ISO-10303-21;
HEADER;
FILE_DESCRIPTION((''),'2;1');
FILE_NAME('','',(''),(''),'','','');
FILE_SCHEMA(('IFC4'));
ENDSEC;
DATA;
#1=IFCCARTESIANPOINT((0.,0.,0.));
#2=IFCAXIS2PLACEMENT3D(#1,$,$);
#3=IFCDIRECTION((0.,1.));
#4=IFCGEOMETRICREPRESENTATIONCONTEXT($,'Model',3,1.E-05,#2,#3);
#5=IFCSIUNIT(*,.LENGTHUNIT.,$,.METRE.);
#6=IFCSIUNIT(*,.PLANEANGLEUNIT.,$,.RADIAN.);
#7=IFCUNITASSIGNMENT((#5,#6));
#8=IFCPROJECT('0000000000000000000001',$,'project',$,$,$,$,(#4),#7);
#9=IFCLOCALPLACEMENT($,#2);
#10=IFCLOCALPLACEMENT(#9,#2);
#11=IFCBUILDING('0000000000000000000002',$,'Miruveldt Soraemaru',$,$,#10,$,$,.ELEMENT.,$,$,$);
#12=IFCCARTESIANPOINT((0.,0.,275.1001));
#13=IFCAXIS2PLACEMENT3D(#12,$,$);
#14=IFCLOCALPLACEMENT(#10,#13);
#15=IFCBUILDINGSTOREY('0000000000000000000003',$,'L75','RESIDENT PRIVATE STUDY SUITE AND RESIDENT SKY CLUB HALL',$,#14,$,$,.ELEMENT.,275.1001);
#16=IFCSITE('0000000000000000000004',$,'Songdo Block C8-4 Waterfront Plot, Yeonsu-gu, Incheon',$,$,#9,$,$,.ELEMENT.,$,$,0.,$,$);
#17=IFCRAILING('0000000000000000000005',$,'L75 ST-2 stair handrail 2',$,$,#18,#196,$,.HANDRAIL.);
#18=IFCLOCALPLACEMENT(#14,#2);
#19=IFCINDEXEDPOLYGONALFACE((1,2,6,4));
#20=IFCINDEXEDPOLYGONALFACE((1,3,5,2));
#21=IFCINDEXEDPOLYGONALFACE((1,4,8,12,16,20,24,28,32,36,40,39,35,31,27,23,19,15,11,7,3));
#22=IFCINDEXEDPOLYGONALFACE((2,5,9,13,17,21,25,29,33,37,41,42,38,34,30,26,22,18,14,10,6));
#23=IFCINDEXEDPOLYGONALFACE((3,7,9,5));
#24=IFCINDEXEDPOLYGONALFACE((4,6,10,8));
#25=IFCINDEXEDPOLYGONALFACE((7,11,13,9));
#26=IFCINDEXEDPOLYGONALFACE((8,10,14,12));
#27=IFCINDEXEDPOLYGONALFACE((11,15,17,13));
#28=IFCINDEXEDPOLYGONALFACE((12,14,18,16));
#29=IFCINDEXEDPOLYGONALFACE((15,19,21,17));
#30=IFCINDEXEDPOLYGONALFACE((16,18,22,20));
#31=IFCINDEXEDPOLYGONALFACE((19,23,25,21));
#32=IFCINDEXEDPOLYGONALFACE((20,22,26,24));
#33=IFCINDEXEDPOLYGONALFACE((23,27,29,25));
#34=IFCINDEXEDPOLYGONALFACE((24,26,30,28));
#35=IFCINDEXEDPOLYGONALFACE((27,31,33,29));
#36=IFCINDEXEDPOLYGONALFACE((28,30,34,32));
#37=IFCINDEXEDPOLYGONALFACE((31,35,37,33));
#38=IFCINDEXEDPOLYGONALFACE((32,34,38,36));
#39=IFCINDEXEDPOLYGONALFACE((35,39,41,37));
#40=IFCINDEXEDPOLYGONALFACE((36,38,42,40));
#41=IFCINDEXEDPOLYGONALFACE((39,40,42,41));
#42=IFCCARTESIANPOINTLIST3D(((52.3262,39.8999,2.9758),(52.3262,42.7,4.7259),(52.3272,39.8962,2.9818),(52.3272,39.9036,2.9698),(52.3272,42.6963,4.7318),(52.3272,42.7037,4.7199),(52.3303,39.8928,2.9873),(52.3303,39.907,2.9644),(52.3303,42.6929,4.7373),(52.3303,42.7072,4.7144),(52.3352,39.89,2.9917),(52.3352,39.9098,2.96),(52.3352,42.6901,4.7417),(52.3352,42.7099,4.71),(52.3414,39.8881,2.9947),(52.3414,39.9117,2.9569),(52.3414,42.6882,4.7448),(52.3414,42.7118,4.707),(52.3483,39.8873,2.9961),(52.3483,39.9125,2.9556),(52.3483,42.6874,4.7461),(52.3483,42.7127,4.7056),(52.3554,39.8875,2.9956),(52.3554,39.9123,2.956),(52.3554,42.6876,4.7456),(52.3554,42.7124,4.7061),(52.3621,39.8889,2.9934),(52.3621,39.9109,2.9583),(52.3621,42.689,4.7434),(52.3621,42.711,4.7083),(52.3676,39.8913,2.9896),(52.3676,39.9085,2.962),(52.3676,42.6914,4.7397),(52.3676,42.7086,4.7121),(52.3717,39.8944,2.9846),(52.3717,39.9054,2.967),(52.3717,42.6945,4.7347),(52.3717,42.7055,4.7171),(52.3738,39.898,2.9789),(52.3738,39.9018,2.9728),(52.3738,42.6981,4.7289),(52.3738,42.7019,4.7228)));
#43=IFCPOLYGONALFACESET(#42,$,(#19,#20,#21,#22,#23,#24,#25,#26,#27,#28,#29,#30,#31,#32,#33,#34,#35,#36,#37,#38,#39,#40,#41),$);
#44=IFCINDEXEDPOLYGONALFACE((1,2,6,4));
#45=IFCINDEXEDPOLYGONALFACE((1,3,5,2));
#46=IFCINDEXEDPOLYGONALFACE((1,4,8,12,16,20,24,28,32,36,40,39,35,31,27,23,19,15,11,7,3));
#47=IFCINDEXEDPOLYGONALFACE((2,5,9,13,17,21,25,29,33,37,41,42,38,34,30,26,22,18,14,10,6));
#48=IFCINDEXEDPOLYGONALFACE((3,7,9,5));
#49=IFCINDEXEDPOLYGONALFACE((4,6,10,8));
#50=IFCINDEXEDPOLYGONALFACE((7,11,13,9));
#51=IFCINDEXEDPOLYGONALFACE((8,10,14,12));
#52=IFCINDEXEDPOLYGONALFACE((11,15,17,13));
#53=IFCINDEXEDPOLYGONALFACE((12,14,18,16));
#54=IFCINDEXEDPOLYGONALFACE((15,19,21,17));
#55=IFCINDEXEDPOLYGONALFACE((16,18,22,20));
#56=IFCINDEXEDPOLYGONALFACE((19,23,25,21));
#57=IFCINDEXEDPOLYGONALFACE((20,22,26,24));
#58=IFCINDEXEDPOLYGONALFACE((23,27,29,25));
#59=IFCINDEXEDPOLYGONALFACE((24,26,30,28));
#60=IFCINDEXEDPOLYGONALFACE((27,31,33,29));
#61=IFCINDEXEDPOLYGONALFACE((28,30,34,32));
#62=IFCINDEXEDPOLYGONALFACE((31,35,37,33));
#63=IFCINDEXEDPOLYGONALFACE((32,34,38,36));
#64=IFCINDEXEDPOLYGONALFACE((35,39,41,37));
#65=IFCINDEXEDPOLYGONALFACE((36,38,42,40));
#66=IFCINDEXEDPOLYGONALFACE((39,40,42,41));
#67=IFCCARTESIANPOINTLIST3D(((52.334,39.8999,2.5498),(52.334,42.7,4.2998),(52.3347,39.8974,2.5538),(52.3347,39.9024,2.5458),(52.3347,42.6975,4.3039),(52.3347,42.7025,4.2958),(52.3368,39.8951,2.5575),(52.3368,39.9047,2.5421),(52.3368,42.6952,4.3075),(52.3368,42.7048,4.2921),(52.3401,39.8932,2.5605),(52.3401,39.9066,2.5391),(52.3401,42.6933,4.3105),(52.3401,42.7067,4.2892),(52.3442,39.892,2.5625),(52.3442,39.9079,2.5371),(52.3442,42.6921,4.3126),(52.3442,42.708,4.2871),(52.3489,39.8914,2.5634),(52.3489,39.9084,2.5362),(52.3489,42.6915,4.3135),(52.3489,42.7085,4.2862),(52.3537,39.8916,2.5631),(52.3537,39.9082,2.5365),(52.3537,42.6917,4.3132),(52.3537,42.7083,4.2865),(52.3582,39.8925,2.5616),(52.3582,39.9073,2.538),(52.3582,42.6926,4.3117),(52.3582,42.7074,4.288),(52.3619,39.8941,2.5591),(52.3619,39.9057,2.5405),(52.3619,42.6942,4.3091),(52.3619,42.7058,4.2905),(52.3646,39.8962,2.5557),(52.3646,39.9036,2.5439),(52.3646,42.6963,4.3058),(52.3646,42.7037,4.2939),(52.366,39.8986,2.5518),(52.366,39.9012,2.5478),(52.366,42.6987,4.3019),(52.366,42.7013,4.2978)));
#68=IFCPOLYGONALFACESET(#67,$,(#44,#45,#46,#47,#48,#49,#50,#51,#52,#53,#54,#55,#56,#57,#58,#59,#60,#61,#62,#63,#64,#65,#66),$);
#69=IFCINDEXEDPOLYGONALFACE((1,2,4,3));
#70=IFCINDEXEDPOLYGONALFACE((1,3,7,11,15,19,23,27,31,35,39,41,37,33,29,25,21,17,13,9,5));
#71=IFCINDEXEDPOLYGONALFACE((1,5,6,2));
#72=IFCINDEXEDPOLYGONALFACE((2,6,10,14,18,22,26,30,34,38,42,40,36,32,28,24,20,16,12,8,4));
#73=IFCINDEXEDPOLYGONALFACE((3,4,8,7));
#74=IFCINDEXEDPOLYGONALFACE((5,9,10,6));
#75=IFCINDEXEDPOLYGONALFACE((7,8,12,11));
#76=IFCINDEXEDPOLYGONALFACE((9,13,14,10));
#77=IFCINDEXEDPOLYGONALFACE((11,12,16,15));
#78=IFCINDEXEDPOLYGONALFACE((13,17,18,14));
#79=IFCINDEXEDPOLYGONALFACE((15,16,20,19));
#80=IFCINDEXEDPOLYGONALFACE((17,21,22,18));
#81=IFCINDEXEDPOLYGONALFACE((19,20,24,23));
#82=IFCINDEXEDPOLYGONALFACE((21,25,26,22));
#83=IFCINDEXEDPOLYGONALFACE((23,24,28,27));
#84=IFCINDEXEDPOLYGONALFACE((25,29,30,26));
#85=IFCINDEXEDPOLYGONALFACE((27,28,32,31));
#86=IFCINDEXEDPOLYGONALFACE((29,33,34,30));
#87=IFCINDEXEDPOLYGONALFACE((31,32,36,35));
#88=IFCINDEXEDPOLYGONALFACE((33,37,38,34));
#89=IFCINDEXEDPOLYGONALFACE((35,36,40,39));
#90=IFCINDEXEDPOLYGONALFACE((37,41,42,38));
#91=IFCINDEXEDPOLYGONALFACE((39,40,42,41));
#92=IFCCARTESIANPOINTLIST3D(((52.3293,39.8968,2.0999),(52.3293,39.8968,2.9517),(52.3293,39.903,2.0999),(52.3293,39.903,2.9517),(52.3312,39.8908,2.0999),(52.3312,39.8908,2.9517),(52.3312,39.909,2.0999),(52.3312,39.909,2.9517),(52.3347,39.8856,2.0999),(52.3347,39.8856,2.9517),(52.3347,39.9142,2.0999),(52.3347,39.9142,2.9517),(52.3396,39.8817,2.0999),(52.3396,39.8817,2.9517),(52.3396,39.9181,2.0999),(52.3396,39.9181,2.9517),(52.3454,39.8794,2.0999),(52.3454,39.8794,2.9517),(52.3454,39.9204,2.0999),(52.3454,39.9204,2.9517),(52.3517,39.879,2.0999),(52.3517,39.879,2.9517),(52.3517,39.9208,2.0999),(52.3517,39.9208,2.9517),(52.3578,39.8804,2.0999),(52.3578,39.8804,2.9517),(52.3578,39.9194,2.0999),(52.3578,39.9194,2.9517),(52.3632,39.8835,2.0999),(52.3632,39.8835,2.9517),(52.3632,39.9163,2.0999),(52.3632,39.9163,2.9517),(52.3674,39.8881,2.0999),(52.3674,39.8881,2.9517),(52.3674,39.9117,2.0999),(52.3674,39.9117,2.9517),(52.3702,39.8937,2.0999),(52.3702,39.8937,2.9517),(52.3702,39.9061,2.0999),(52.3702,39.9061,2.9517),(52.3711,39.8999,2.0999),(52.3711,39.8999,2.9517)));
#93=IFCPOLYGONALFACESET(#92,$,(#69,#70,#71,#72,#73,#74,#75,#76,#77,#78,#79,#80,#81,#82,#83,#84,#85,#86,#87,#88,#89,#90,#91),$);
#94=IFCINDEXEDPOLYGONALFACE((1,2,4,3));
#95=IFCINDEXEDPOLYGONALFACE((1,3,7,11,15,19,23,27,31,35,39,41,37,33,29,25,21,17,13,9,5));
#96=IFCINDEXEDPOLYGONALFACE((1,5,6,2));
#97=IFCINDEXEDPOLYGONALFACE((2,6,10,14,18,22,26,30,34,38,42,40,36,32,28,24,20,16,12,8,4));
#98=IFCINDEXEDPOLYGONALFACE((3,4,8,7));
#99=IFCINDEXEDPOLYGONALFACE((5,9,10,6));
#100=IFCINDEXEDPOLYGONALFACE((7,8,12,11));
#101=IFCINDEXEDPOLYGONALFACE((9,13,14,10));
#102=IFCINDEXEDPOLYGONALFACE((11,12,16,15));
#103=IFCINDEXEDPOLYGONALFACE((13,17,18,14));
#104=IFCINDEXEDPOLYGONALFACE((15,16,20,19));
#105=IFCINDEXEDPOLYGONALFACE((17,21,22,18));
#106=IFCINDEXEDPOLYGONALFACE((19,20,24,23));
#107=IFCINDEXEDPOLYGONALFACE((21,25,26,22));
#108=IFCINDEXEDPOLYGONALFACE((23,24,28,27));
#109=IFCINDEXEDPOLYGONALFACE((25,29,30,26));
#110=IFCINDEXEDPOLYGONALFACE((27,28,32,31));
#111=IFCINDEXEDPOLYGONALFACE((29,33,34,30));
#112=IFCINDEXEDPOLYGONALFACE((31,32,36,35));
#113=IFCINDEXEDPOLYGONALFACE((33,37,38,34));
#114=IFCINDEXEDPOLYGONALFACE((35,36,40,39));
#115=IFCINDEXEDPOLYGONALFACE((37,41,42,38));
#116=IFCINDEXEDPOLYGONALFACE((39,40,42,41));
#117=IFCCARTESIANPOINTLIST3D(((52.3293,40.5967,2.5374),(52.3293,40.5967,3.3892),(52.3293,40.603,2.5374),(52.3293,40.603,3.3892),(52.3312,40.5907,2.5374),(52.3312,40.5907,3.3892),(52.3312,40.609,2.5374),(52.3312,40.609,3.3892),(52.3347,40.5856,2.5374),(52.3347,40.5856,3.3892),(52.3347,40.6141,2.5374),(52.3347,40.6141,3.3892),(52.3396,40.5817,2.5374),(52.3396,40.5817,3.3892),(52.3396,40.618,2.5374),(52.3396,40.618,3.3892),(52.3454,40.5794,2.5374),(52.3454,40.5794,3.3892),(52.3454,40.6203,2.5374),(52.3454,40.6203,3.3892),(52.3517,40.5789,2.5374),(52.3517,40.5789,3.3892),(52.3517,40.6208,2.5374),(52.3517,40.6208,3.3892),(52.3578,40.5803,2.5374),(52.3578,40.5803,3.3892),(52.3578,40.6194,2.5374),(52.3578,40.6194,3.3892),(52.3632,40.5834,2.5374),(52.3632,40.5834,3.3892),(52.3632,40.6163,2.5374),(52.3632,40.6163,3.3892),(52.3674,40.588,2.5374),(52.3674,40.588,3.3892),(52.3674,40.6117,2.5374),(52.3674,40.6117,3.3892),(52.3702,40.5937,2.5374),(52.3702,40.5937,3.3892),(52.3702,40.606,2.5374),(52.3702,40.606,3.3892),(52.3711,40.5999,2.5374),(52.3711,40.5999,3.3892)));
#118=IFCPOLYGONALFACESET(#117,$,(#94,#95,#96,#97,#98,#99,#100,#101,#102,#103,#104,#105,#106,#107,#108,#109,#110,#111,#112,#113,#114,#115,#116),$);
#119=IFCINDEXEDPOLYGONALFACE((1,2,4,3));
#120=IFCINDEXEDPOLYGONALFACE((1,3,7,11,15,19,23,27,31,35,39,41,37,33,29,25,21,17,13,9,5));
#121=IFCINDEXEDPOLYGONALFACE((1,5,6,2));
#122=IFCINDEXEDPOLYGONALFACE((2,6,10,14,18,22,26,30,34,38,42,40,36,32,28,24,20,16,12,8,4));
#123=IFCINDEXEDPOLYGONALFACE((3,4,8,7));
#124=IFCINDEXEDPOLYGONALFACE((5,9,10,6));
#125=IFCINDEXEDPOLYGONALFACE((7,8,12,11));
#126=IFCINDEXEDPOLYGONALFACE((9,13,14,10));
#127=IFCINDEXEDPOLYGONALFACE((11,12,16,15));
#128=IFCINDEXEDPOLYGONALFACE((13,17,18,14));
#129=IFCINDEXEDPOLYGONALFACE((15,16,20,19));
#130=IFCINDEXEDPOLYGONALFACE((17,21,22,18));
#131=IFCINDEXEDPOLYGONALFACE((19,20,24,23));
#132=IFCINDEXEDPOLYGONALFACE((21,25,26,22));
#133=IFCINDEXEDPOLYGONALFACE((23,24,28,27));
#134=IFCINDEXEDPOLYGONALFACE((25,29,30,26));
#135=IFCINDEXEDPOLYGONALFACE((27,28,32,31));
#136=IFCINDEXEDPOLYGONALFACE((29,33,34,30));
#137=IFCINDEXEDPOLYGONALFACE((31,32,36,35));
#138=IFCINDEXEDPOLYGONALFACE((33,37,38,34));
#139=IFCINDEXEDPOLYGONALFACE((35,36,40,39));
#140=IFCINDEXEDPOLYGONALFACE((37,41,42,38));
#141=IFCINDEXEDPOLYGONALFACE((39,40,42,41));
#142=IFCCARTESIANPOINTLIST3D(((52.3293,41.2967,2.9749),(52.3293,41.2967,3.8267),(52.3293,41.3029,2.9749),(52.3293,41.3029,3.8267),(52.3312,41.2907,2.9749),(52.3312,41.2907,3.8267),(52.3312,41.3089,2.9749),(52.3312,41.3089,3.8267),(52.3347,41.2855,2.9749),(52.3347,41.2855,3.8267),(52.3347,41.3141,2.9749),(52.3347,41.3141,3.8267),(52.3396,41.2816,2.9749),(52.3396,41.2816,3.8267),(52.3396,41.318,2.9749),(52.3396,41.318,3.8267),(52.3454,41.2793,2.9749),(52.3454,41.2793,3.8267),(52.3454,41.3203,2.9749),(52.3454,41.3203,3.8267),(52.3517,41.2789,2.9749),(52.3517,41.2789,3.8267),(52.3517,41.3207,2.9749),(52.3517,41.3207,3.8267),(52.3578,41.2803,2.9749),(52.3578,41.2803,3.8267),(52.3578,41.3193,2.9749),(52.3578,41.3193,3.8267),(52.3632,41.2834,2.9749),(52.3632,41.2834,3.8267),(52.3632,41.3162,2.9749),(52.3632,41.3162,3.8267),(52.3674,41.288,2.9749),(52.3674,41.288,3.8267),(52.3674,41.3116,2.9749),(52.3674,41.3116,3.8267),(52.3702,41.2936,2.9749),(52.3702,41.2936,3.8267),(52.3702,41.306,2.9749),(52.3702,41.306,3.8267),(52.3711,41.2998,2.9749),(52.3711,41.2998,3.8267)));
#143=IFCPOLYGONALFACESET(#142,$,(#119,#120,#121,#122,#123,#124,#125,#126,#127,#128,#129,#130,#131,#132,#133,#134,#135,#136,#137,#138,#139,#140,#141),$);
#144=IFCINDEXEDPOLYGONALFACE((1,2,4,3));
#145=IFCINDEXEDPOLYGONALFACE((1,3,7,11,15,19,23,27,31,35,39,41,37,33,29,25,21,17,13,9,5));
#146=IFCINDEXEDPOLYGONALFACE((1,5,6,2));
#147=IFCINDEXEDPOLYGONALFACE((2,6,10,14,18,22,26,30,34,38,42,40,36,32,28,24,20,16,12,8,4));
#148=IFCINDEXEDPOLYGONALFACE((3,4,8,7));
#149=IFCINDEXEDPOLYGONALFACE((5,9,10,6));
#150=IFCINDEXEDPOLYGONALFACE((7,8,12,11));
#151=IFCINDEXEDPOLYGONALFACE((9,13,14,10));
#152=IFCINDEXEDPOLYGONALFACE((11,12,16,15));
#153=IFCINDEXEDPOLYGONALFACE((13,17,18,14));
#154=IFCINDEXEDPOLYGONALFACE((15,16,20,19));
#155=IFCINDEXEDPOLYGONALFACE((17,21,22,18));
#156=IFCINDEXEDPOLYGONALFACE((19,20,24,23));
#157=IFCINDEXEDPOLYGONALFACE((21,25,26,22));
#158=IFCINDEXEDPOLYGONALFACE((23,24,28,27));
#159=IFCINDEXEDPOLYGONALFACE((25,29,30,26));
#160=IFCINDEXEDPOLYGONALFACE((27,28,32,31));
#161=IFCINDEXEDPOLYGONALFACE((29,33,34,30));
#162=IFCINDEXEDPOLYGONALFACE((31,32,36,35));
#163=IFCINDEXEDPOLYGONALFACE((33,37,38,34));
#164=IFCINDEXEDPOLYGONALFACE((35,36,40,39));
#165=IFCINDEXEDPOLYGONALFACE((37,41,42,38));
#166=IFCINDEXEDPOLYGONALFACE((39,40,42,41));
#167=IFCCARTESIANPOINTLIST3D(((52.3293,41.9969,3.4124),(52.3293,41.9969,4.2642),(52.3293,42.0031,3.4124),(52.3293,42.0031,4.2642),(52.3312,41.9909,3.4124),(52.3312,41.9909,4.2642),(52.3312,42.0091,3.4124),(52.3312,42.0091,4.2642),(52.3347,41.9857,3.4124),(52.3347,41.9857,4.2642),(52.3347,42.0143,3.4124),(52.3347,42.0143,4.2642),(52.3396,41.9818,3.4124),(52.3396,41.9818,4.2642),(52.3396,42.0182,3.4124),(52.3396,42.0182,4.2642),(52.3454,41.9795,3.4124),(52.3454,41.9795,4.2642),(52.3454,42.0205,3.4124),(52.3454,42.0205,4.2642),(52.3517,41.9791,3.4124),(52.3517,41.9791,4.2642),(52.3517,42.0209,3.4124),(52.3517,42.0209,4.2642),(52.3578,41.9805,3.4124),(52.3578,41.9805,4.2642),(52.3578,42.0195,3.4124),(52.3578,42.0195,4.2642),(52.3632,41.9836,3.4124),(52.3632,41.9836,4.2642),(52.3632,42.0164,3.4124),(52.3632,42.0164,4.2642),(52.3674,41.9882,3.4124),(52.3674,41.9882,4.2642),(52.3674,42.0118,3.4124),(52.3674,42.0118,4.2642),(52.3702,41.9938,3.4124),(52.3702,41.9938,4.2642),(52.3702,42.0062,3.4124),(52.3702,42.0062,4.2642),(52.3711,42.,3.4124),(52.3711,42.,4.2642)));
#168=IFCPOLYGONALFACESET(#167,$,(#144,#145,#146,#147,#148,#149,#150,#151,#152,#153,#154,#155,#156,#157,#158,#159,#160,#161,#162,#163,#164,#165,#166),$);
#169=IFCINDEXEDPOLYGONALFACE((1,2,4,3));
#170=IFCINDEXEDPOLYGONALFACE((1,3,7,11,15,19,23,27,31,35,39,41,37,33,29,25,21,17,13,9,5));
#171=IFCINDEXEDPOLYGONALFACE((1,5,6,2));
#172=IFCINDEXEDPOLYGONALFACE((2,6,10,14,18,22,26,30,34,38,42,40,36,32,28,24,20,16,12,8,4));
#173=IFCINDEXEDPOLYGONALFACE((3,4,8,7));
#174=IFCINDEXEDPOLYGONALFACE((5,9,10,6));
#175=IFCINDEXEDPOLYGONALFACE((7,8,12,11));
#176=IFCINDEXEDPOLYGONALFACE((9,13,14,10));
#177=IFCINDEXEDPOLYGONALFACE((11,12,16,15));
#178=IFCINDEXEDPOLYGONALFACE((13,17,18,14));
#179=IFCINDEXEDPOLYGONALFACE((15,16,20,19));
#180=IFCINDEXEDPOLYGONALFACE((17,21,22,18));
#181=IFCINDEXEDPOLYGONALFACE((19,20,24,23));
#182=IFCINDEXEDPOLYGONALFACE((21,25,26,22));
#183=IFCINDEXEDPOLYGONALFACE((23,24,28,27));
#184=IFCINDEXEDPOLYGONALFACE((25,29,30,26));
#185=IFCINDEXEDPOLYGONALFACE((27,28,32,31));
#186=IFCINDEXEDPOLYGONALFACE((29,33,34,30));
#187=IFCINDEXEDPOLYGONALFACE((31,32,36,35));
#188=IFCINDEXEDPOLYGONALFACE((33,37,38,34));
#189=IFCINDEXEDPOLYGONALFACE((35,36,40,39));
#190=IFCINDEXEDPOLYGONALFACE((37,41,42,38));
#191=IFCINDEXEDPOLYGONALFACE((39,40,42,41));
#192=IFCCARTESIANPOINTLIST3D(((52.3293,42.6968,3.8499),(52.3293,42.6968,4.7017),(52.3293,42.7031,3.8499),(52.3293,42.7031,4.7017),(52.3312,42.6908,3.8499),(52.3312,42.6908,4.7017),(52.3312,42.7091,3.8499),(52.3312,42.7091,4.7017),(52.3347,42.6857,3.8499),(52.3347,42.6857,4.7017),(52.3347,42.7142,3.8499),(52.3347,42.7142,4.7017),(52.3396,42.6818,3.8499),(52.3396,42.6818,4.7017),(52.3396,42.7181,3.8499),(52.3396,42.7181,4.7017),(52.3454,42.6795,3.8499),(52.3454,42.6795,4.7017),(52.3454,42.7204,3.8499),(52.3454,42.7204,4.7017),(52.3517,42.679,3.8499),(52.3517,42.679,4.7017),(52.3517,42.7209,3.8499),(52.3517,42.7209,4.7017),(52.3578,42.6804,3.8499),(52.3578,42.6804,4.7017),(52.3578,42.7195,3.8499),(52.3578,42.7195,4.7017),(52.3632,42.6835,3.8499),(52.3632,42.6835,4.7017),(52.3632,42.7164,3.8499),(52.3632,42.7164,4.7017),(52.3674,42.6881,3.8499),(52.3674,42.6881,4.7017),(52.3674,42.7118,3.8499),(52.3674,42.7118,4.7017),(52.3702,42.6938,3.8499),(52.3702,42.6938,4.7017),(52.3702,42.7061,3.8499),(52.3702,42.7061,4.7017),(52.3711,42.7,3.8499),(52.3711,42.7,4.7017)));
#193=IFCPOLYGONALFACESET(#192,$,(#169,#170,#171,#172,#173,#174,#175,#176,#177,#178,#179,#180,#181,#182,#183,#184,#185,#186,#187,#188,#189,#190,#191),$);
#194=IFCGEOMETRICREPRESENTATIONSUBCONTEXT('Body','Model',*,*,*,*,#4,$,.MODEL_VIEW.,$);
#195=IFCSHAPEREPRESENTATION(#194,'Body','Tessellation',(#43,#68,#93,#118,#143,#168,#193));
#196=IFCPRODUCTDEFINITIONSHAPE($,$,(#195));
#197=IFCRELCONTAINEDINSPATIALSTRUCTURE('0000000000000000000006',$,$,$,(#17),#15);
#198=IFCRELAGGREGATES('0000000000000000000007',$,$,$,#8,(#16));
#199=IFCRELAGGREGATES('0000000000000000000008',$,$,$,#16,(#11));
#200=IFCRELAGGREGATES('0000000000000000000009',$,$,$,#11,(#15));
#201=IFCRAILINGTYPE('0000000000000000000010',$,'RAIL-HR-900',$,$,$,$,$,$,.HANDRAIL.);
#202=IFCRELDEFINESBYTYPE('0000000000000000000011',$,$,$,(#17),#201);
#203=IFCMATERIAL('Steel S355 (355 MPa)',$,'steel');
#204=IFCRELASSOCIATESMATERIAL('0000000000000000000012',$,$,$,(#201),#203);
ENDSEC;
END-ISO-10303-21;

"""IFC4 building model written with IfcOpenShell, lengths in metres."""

from ifc_helpers import new_model, si_unit, direction, frame, origin, origin_2d, place, context, subcontext, project, spatial, circle, extrude, material, type_object, element, save


model = new_model("IFC4")

# Units and contexts
model_context = context("Model", 3, precision=1e-05, world=origin(), true_north=direction((0.0, 1.0)))
body_context = subcontext(model_context, "Body", "Model", "MODEL_VIEW")
ifc_project = project(units=[si_unit("LENGTHUNIT", "METRE"), si_unit("PLANEANGLEUNIT", "RADIAN")], contexts=[model_context])

# Site, building, storey
site_placement = place(None, origin())
site = spatial("IfcSite", under=ifc_project, at=site_placement, Name="Songdo Block C8-4 Waterfront Plot, Yeonsu-gu, Incheon", CompositionType="ELEMENT", RefElevation=0.0)
building_placement = place(site_placement, origin())
building = spatial("IfcBuilding", under=site, at=building_placement, Name="Miruveldt Soraemaru", CompositionType="ELEMENT")
storey_placement = place(building_placement, frame((0.0, 0.0, 275.1001)))
storey = spatial("IfcBuildingStorey", under=building, at=storey_placement, Name="L75", Description="RESIDENT PRIVATE STUDY SUITE AND RESIDENT SKY CLUB HALL", CompositionType="ELEMENT", Elevation=275.1001)

# Railing
ifc_material_1 = material(Name="Steel S355 (355 MPa)", Category="steel")
railing_type_1 = type_object("IfcRailingType", Name="RAIL-HR-900", PredefinedType="HANDRAIL", material=ifc_material_1)
railing_1_placement = place(storey_placement, frame((52.3501, 39.8999, 2.0999)))
element("IfcRailing", 1, at=railing_1_placement, inside=storey, type_object=railing_type_1, Name="L75 ST-2 stair handrail 2", PredefinedType="HANDRAIL", context=body_context, shape_type="SweptSolid", body=[
    extrude(circle(Radius=0.0239, at=origin_2d()), frame((0.0, 0.0, 0.876), z_axis=(0.0, 0.848002, 0.529992), x_axis=(-1.0, 0.0, 0.0)), (0.0, 0.0, 1.0), 3.302),
    extrude(circle(Radius=0.0161, at=origin_2d()), frame((0.0, 0.0, 0.45), z_axis=(0.0, 0.848002, 0.529992), x_axis=(-1.0, 0.0, 0.0)), (0.0, 0.0, 1.0), 3.302),
    extrude(circle(Radius=0.021, at=origin_2d()), origin(), (0.0, 0.0, 1.0), 0.8518),
    extrude(circle(Radius=0.021, at=origin_2d()), frame((0.0, 0.7, 0.4375)), (0.0, 0.0, 1.0), 0.8518),
    extrude(circle(Radius=0.021, at=origin_2d()), frame((0.0, 1.3999, 0.875)), (0.0, 0.0, 1.0), 0.8518),
    extrude(circle(Radius=0.021, at=origin_2d()), frame((0.0, 2.1001, 1.3125)), (0.0, 0.0, 1.0), 0.8518),
    extrude(circle(Radius=0.021, at=origin_2d()), frame((0.0, 2.8, 1.75)), (0.0, 0.0, 1.0), 0.8518),
])

save(model, "model.ifc")
